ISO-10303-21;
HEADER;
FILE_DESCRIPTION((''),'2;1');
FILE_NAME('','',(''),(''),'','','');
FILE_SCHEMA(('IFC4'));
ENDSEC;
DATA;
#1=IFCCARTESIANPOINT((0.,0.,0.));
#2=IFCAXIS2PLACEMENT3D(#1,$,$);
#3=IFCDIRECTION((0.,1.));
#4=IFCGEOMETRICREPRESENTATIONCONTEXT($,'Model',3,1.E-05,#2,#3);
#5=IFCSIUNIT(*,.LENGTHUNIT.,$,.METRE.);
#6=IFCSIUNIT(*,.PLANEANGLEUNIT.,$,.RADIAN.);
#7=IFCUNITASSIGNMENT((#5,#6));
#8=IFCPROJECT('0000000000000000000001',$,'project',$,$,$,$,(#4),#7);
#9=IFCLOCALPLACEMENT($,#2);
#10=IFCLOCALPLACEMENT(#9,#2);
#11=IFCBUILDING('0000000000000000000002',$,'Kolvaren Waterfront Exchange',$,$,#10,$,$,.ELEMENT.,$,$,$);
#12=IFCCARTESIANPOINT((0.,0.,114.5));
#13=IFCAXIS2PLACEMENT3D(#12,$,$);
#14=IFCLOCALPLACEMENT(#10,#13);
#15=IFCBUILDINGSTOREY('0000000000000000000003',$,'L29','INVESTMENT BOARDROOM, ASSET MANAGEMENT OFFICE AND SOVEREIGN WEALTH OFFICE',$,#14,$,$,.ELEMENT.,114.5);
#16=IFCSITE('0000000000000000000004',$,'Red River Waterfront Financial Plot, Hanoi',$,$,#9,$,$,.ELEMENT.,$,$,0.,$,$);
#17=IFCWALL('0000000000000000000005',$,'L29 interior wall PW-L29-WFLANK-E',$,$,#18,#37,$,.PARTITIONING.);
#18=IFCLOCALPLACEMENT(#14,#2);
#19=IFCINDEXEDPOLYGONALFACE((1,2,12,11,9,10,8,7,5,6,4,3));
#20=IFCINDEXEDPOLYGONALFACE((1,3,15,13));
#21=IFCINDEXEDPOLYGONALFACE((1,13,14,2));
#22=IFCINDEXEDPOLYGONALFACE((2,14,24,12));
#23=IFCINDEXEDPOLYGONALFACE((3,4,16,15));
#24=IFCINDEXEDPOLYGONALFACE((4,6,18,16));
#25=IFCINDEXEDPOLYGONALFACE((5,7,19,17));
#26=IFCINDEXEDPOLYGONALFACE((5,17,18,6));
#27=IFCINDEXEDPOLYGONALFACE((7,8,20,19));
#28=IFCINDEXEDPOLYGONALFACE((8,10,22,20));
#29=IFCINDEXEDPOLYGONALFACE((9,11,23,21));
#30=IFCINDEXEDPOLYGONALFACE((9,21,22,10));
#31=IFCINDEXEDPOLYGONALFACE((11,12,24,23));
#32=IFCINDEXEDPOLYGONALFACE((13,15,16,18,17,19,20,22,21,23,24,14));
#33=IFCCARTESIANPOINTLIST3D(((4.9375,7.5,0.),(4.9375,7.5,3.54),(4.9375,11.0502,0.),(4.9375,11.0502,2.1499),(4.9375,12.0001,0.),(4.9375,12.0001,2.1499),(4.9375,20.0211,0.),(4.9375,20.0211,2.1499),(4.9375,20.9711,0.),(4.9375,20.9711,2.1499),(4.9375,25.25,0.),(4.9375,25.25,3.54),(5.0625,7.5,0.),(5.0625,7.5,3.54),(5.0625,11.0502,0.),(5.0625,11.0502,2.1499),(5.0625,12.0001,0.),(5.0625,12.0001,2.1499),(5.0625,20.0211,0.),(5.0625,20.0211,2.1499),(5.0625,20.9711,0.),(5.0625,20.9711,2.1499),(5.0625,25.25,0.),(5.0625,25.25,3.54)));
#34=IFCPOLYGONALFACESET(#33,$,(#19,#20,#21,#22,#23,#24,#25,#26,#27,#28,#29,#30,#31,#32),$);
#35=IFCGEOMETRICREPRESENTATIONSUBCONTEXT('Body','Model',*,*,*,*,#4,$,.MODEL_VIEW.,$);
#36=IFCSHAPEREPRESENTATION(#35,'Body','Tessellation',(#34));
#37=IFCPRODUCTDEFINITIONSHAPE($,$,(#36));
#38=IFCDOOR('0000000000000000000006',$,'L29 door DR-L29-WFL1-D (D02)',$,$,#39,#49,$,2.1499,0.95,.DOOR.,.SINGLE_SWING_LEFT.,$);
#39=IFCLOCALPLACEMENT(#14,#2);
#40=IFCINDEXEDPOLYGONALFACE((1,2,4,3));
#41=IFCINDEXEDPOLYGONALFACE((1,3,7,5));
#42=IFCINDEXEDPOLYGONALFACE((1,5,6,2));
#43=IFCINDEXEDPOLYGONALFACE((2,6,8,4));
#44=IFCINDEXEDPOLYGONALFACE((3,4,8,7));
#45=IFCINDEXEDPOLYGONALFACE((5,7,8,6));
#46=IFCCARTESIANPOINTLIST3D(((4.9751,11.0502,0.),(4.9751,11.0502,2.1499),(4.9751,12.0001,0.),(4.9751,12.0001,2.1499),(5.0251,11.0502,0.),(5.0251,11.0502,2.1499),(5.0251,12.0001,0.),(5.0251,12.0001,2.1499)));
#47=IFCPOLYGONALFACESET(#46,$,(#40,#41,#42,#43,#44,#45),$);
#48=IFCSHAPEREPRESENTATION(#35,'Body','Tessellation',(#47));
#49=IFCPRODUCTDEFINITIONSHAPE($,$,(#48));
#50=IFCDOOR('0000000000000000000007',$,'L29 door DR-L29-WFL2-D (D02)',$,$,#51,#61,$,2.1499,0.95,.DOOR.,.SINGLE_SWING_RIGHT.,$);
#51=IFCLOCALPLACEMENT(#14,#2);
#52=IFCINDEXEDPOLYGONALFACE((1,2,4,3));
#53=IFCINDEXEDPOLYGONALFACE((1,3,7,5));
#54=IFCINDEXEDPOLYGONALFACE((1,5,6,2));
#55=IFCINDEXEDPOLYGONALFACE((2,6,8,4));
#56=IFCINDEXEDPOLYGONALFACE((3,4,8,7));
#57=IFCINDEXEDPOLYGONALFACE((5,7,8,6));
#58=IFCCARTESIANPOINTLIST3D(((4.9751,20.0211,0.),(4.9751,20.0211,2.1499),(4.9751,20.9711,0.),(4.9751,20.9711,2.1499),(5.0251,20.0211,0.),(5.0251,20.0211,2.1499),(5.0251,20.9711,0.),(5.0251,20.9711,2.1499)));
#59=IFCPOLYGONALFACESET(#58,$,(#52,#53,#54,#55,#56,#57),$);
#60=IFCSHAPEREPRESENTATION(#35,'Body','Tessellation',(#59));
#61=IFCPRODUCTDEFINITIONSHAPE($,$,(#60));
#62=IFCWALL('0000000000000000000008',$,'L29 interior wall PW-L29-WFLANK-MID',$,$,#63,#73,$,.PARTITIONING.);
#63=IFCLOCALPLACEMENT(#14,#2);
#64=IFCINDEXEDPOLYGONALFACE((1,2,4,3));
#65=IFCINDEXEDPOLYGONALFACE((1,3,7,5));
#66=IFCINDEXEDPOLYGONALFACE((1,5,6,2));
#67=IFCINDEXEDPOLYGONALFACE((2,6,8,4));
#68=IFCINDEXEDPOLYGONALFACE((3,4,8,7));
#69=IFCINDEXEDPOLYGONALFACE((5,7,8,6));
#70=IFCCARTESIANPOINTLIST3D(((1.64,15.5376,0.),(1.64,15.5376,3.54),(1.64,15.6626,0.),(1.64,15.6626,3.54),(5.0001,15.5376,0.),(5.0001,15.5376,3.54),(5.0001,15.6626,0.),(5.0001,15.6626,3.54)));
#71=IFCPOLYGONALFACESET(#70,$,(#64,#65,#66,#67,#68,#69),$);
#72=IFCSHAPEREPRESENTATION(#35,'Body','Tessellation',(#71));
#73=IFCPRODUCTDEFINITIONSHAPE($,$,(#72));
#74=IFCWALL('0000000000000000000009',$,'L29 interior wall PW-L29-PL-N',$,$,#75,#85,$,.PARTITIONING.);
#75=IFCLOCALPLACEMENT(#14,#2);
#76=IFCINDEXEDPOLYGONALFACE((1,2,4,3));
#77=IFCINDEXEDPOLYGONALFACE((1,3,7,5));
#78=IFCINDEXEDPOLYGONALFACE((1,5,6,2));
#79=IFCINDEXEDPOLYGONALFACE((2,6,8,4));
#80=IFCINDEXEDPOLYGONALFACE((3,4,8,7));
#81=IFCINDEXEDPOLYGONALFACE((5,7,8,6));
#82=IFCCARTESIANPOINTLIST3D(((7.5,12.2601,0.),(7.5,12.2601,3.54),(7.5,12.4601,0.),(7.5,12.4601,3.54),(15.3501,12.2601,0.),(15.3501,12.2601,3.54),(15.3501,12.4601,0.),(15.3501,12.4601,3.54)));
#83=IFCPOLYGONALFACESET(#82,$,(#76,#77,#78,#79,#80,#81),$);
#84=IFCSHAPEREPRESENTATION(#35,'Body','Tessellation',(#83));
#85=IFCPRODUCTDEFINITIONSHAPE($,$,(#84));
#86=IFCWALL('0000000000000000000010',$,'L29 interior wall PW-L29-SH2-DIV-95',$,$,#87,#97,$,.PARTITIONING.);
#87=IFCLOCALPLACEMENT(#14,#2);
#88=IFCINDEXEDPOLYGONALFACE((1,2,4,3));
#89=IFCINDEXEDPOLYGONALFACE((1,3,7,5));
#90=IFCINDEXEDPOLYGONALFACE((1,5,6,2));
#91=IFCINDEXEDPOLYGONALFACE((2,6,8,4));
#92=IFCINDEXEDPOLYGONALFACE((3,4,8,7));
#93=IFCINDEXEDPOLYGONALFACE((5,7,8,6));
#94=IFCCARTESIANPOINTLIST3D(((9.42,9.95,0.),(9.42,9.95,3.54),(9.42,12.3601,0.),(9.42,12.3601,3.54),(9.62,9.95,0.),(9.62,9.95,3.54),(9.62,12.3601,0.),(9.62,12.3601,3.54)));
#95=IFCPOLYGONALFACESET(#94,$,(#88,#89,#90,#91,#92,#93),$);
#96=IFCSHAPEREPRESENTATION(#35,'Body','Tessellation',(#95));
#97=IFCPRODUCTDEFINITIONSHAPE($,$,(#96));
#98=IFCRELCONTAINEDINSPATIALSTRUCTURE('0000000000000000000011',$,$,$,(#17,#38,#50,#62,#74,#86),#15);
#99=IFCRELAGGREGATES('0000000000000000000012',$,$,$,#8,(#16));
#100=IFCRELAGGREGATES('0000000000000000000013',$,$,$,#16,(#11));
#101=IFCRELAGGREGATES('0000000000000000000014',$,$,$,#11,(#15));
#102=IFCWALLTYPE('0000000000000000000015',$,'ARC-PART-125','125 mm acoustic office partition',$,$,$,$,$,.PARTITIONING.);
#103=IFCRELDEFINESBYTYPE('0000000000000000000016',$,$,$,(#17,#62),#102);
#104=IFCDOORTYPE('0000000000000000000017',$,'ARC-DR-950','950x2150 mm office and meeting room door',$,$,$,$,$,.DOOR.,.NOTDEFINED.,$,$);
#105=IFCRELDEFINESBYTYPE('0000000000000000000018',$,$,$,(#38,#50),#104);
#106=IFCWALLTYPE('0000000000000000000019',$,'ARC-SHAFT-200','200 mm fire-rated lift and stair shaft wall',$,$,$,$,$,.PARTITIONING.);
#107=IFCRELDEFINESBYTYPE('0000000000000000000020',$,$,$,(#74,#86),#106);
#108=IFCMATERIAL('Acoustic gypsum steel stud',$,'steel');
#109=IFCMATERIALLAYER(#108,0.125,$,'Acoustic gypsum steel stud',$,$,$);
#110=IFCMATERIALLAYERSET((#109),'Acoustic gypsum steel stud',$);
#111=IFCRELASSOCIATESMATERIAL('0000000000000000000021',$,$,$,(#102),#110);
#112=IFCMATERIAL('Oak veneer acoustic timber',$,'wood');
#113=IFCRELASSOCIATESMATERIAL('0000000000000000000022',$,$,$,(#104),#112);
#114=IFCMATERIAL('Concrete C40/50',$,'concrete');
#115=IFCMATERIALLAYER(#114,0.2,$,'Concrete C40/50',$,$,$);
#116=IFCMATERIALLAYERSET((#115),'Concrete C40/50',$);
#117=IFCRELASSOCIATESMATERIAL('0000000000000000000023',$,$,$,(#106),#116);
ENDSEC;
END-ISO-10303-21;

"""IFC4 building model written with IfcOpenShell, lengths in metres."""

from ifc_helpers import new_model, si_unit, direction, frame, frame_2d, origin, place, context, subcontext, project, spatial, rectangle, extrude, material, layer, layer_set, type_object, element, fill, save


model = new_model("IFC4")

# Units and contexts
model_context = context("Model", 3, precision=1e-05, world=origin(), true_north=direction((0.0, 1.0)))
body_context = subcontext(model_context, "Body", "Model", "MODEL_VIEW")
ifc_project = project(units=[si_unit("LENGTHUNIT", "METRE"), si_unit("PLANEANGLEUNIT", "RADIAN")], contexts=[model_context])

# Site, building, storey
site_placement = place(None, origin())
site = spatial("IfcSite", under=ifc_project, at=site_placement, Name="Red River Waterfront Financial Plot, Hanoi", CompositionType="ELEMENT", RefElevation=0.0)
building_placement = place(site_placement, origin())
building = spatial("IfcBuilding", under=site, at=building_placement, Name="Kolvaren Waterfront Exchange", CompositionType="ELEMENT")
storey_placement = place(building_placement, frame((0.0, 0.0, 114.5)))
storey = spatial("IfcBuildingStorey", under=building, at=storey_placement, Name="L29", Description="INVESTMENT BOARDROOM, ASSET MANAGEMENT OFFICE AND SOVEREIGN WEALTH OFFICE", CompositionType="ELEMENT", Elevation=114.5)

# Wall, openings, doors
ifc_material_1 = material(Name="Acoustic gypsum steel stud", Category="steel")
ifc_layer_1 = layer(ifc_material_1, 0.125, Name="Acoustic gypsum steel stud")
ifc_layer_set_1 = layer_set([ifc_layer_1], Name="Acoustic gypsum steel stud")
wall_type_1 = type_object("IfcWallType", Name="ARC-PART-125", Description="125 mm acoustic office partition", PredefinedType="PARTITIONING", material=ifc_layer_set_1)
wall_1_placement = place(storey_placement, frame((5.0, 7.5, 0.0), z_axis=(0.0, 0.0, 1.0), x_axis=(0.0, 1.0, 0.0)))
wall_1 = element("IfcWall", 1, at=wall_1_placement, inside=storey, type_object=wall_type_1, Name="L29 interior wall PW-L29-WFLANK-E", PredefinedType="PARTITIONING", context=body_context, shape_type="SweptSolid", body=[
    extrude(rectangle(XDim=17.75, YDim=0.125, at=frame_2d((8.875, 0.0))), origin(), (0.0, 0.0, 1.0), 3.54),
])
opening_1_placement = place(wall_1_placement, frame((3.55, 0.0, 0.0)))
opening_1 = element("IfcOpeningElement", 2, at=opening_1_placement, cuts=wall_1, PredefinedType="OPENING", context=body_context, shape_type="SweptSolid", body=[
    extrude(rectangle(XDim=0.95, YDim=2.1499, at=frame_2d((0.4751, 1.075))), frame((0.0, 0.0725, 0.0), z_axis=(0.0, -1.0, 0.0), x_axis=(1.0, 0.0, 0.0)), (0.0, 0.0, 1.0), 0.145),
])
opening_2_placement = place(wall_1_placement, frame((12.521, 0.0, 0.0)))
opening_2 = element("IfcOpeningElement", 3, at=opening_2_placement, cuts=wall_1, PredefinedType="OPENING", context=body_context, shape_type="SweptSolid", body=[
    extrude(rectangle(XDim=0.95, YDim=2.1499, at=frame_2d((0.4751, 1.075))), frame((0.0, 0.0725, 0.0), z_axis=(0.0, -1.0, 0.0), x_axis=(1.0, 0.0, 0.0)), (0.0, 0.0, 1.0), 0.145),
])
ifc_material_2 = material(Name="Oak veneer acoustic timber", Category="wood")
door_type_1 = type_object("IfcDoorType", Name="ARC-DR-950", Description="950x2150 mm office and meeting room door", OperationType="NOTDEFINED", PredefinedType="DOOR", material=ifc_material_2)
door_1_placement = place(opening_1_placement, origin())
door_1 = element("IfcDoor", 4, at=door_1_placement, inside=storey, type_object=door_type_1, Name="L29 door DR-L29-WFL1-D (D02)", OperationType="SINGLE_SWING_LEFT", OverallHeight=2.1499, OverallWidth=0.95, PredefinedType="DOOR", context=body_context, shape_type="SweptSolid", body=[
    extrude(rectangle(XDim=0.95, YDim=2.1499, at=frame_2d((0.4751, 1.075))), frame((0.0, 0.0249, 0.0), z_axis=(0.0, -1.0, 0.0), x_axis=(1.0, 0.0, 0.0)), (0.0, 0.0, 1.0), 0.05),
])
fill(opening_1, door_1)
door_2_placement = place(opening_2_placement, origin())
door_2 = element("IfcDoor", 5, at=door_2_placement, inside=storey, type_object=door_type_1, Name="L29 door DR-L29-WFL2-D (D02)", OperationType="SINGLE_SWING_RIGHT", OverallHeight=2.1499, OverallWidth=0.95, PredefinedType="DOOR", context=body_context, shape_type="SweptSolid", body=[
    extrude(rectangle(XDim=0.95, YDim=2.1499, at=frame_2d((0.4751, 1.075))), frame((0.0, 0.0249, 0.0), z_axis=(0.0, -1.0, 0.0), x_axis=(1.0, 0.0, 0.0)), (0.0, 0.0, 1.0), 0.05),
])
fill(opening_2, door_2)

# Walls
wall_2_placement = place(storey_placement, frame((1.6399, 15.6001, 0.0), z_axis=(0.0, 0.0, 1.0), x_axis=(1.0, 0.0, 0.0)))
element("IfcWall", 6, at=wall_2_placement, inside=storey, type_object=wall_type_1, Name="L29 interior wall PW-L29-WFLANK-MID", PredefinedType="PARTITIONING", context=body_context, shape_type="SweptSolid", body=[
    extrude(rectangle(XDim=3.3601, YDim=0.125, at=frame_2d((1.6802, 0.0))), origin(), (0.0, 0.0, 1.0), 3.54),
])
ifc_material_3 = material(Name="Concrete C40/50", Category="concrete")
ifc_layer_2 = layer(ifc_material_3, 0.2, Name="Concrete C40/50")
ifc_layer_set_2 = layer_set([ifc_layer_2], Name="Concrete C40/50")
wall_type_2 = type_object("IfcWallType", Name="ARC-SHAFT-200", Description="200 mm fire-rated lift and stair shaft wall", PredefinedType="PARTITIONING", material=ifc_layer_set_2)
wall_3_placement = place(storey_placement, frame((7.5, 12.3601, 0.0), z_axis=(0.0, 0.0, 1.0), x_axis=(1.0, 0.0, 0.0)))
element("IfcWall", 7, at=wall_3_placement, inside=storey, type_object=wall_type_2, Name="L29 interior wall PW-L29-PL-N", PredefinedType="PARTITIONING", context=body_context, shape_type="SweptSolid", body=[
    extrude(rectangle(XDim=7.8501, YDim=0.2, at=frame_2d((3.925, 0.0))), origin(), (0.0, 0.0, 1.0), 3.54),
])
wall_4_placement = place(storey_placement, frame((9.52, 9.95, 0.0), z_axis=(0.0, 0.0, 1.0), x_axis=(0.0, 1.0, 0.0)))
element("IfcWall", 8, at=wall_4_placement, inside=storey, type_object=wall_type_2, Name="L29 interior wall PW-L29-SH2-DIV-95", PredefinedType="PARTITIONING", context=body_context, shape_type="SweptSolid", body=[
    extrude(rectangle(XDim=2.4102, YDim=0.2, at=frame_2d((1.2051, 0.0))), origin(), (0.0, 0.0, 1.0), 3.54),
])

save(model, "model.ifc")
